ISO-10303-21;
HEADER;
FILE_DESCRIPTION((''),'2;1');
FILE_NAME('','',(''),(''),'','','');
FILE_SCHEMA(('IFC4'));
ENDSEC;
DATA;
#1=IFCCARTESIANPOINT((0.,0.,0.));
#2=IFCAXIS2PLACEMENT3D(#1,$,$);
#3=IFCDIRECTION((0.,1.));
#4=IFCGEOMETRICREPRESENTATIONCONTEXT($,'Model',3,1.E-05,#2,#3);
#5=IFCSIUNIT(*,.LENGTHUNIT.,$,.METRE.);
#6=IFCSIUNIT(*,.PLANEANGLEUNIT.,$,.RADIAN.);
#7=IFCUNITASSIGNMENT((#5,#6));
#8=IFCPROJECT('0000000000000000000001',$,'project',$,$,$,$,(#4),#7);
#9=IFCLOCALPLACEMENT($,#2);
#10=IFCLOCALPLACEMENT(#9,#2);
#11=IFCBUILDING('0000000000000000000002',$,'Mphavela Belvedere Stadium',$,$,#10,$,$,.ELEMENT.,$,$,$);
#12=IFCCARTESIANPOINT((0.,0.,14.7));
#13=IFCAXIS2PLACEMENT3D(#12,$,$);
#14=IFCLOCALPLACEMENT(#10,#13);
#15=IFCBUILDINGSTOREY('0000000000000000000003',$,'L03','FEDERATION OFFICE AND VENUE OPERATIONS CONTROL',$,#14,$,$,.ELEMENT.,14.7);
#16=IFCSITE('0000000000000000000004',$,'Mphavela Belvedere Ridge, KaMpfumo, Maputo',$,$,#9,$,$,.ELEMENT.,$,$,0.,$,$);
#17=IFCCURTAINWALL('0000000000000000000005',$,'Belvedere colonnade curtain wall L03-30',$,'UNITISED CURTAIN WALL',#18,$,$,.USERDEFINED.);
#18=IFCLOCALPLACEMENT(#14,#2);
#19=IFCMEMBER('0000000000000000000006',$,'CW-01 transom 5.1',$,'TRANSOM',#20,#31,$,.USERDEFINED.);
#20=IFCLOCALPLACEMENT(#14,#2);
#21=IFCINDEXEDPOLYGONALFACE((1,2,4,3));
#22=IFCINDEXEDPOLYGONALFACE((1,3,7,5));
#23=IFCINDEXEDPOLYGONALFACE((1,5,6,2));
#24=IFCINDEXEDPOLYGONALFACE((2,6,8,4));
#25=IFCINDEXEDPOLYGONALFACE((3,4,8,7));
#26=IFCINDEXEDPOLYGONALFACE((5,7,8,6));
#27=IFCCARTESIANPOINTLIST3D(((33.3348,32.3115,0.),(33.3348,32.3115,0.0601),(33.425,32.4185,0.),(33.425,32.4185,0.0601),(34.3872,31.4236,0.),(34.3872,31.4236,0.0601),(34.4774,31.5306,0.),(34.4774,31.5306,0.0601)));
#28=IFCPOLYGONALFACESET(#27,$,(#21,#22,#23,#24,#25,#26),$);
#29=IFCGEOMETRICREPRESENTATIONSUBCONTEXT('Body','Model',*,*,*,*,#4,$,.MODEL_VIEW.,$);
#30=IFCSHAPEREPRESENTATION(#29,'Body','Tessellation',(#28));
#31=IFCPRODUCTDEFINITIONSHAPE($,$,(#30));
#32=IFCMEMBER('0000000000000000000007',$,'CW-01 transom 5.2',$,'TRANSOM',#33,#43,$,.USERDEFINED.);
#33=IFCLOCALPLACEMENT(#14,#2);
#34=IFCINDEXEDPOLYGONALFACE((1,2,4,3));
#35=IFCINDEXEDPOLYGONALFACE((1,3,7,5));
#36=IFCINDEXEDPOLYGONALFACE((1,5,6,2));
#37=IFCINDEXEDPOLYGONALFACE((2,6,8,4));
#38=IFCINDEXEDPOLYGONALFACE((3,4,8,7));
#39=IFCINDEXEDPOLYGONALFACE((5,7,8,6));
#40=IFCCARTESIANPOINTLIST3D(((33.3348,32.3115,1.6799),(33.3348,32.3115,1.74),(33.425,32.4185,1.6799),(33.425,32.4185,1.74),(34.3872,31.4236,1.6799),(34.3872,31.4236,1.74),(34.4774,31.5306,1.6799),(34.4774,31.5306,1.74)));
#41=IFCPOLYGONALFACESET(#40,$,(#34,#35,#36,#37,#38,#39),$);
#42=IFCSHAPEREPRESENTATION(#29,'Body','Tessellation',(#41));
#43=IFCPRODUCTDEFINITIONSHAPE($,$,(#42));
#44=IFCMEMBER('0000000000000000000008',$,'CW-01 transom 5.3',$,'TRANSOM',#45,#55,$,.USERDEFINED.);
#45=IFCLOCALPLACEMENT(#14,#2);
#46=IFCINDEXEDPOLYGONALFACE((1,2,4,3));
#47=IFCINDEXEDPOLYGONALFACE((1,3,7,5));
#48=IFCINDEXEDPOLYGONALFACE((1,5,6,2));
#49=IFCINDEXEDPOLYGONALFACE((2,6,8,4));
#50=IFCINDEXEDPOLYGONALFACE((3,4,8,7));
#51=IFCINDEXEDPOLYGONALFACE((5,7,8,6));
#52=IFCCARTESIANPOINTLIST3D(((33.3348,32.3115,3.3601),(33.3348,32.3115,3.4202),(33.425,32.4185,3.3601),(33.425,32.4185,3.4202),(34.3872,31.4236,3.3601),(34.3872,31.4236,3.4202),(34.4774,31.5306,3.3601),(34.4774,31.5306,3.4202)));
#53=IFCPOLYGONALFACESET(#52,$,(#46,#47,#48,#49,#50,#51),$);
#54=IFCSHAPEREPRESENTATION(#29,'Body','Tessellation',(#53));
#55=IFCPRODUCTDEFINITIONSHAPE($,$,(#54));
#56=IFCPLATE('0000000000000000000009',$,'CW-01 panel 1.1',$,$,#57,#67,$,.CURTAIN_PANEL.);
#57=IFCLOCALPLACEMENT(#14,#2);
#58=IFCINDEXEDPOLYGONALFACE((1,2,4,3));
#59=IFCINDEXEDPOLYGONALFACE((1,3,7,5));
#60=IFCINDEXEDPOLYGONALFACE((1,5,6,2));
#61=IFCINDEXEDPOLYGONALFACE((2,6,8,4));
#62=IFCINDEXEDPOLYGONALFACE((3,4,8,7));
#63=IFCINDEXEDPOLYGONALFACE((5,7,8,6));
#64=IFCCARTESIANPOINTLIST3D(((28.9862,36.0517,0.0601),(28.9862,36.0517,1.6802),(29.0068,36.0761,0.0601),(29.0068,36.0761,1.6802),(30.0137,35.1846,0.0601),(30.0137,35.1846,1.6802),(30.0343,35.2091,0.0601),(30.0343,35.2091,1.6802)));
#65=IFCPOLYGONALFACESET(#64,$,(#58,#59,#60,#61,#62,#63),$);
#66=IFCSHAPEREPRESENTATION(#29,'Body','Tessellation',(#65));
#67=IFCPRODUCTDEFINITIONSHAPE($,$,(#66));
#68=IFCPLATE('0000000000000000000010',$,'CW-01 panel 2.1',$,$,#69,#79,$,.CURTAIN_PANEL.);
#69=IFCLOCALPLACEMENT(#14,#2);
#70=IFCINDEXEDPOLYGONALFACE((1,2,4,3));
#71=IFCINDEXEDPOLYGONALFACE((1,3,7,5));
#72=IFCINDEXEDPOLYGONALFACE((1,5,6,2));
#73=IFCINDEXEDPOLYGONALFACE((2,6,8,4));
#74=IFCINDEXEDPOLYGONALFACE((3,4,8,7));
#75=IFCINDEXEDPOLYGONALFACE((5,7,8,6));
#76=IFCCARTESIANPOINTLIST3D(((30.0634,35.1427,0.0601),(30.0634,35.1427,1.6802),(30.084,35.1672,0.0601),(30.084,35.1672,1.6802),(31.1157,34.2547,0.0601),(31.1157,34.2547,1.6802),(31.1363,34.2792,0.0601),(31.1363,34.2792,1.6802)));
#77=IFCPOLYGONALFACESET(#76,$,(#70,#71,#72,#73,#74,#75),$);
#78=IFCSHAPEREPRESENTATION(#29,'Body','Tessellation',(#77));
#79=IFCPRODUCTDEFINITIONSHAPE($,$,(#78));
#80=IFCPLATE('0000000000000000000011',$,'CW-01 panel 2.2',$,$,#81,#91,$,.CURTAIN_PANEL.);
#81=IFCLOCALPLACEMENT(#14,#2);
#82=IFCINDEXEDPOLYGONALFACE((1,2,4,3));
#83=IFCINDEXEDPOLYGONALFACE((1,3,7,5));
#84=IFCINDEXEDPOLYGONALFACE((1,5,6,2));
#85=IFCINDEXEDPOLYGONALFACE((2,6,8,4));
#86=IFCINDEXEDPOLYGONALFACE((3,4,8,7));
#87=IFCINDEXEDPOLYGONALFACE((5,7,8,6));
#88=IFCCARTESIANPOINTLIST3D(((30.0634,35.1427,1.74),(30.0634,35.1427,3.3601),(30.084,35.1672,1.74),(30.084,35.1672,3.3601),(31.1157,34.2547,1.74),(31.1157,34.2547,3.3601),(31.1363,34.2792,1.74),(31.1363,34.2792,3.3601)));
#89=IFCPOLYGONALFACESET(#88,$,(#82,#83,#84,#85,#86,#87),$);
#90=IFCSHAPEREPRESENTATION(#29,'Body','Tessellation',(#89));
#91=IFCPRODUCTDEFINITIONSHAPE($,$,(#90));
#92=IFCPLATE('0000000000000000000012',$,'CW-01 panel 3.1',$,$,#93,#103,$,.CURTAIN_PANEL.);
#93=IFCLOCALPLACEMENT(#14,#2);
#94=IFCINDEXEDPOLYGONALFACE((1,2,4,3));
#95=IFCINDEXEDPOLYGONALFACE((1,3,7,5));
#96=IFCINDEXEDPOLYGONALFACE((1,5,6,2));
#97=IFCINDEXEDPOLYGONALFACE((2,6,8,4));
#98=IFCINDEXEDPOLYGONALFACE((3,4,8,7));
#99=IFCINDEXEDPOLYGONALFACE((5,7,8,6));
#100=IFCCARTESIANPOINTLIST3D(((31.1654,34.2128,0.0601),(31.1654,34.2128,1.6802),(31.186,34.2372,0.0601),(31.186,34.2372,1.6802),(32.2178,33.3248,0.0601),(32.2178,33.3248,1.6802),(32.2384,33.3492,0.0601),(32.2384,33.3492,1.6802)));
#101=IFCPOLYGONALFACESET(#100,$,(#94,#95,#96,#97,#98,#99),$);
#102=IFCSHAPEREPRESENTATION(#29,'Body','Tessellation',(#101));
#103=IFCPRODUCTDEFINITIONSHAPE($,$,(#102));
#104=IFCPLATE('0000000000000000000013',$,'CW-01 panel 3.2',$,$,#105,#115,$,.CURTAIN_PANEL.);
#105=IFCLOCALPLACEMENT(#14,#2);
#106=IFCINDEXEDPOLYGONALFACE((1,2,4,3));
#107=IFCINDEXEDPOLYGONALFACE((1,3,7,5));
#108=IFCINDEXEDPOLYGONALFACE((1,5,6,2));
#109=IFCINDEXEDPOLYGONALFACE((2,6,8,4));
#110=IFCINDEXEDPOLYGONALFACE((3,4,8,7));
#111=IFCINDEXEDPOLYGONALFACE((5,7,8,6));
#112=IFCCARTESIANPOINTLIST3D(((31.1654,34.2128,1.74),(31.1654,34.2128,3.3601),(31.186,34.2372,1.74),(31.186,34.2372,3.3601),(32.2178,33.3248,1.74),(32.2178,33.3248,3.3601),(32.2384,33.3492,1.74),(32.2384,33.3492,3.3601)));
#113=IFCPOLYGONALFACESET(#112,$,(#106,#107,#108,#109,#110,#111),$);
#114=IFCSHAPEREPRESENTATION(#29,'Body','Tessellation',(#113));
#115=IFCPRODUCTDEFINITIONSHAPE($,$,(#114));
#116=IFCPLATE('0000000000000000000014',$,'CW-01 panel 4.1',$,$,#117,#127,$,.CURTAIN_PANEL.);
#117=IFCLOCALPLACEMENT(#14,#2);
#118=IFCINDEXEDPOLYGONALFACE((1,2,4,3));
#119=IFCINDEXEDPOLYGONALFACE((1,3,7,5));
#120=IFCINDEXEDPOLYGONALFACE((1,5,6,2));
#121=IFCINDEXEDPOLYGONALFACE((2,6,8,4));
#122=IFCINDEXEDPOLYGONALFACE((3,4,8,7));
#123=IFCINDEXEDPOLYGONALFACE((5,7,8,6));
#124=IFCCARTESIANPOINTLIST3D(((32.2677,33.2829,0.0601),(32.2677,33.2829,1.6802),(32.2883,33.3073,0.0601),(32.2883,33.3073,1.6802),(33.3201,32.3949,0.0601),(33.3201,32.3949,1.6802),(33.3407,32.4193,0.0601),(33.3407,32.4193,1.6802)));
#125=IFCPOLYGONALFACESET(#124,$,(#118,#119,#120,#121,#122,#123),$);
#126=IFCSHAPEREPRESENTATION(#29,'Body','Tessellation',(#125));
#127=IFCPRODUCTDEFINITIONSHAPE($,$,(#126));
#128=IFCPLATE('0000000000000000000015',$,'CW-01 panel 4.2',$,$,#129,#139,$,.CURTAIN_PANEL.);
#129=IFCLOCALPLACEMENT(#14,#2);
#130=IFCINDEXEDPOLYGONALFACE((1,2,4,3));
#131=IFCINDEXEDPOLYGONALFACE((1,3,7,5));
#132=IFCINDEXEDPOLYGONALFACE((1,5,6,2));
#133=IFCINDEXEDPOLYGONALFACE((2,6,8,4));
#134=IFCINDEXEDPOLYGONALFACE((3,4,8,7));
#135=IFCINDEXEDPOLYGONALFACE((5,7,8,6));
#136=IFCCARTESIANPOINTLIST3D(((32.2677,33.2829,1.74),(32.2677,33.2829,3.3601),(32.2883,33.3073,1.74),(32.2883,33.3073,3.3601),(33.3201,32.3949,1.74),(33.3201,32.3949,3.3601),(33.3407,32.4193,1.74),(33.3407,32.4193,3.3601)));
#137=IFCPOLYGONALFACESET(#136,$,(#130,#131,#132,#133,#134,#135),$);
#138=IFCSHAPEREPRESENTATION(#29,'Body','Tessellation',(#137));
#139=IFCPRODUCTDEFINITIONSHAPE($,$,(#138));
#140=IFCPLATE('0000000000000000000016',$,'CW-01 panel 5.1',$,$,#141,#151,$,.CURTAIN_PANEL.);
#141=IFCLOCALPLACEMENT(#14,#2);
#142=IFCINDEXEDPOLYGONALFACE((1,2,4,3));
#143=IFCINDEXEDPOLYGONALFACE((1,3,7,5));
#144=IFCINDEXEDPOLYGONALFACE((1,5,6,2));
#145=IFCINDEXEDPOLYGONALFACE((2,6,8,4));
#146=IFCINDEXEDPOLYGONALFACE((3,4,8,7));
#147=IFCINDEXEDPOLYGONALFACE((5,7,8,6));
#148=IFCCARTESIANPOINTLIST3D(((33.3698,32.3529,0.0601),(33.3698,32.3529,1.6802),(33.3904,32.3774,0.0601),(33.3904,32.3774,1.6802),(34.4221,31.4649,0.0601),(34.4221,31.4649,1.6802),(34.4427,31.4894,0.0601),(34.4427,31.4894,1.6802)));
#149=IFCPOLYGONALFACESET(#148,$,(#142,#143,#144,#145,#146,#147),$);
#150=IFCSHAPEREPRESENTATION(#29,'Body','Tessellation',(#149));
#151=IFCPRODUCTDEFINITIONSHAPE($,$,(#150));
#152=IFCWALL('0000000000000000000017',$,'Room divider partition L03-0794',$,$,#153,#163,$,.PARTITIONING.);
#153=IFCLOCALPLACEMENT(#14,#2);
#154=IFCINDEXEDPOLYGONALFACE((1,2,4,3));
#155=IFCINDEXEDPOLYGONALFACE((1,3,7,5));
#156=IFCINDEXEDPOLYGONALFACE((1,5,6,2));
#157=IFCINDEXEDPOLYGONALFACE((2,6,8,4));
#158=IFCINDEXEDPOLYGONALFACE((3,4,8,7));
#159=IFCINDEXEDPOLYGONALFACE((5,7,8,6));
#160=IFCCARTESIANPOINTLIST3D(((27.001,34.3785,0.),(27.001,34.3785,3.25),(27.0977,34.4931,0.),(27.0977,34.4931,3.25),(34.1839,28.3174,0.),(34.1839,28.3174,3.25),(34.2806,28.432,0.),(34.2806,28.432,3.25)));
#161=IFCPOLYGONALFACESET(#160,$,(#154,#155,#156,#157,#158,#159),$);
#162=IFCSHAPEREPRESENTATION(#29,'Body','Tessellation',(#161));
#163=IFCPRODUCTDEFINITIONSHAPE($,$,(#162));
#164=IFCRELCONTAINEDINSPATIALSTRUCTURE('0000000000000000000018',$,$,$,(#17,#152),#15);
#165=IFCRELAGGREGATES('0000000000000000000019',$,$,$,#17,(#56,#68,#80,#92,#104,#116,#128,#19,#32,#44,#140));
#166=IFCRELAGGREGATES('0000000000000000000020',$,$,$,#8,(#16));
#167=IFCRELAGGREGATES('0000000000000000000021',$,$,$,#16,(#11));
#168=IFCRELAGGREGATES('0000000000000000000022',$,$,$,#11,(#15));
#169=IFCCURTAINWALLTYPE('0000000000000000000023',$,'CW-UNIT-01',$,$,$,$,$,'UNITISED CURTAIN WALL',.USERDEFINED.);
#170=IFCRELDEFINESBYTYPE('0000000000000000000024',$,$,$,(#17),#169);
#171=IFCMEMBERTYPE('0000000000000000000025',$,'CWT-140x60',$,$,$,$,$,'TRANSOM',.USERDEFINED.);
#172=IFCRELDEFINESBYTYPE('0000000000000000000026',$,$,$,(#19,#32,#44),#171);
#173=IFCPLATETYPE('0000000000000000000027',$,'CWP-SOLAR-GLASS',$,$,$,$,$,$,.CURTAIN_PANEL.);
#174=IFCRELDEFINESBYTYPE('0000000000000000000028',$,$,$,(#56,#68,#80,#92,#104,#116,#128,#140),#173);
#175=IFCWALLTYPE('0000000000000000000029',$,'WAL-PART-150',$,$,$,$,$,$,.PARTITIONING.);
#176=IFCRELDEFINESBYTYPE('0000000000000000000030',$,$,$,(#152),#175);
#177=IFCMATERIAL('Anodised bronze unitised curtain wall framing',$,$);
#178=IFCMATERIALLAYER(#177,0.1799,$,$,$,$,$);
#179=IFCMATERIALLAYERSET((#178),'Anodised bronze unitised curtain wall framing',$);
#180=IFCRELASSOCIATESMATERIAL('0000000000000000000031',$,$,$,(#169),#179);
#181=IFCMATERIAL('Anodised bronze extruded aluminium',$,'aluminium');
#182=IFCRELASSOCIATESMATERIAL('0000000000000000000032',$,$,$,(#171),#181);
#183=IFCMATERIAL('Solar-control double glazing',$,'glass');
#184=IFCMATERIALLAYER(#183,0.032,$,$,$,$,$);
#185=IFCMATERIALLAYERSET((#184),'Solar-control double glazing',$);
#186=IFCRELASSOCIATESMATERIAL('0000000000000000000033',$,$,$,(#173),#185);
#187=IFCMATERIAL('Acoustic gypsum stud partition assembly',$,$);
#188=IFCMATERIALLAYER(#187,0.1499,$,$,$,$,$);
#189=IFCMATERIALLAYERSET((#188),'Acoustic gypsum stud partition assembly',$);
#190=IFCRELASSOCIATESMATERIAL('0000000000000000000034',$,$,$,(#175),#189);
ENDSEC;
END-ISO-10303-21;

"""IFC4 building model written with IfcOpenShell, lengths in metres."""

from ifc_helpers import new_model, si_unit, direction, frame, frame_2d, origin, origin_2d, place, context, subcontext, project, spatial, rectangle, extrude, material, layer, layer_set, material_profile, profile_set, type_object, element, aggregate, save


model = new_model("IFC4")

# Units and contexts
model_context = context("Model", 3, precision=1e-05, world=origin(), true_north=direction((0.0, 1.0)))
body_context = subcontext(model_context, "Body", "Model", "MODEL_VIEW")
ifc_project = project(units=[si_unit("LENGTHUNIT", "METRE"), si_unit("PLANEANGLEUNIT", "RADIAN")], contexts=[model_context])

# Site, building, storey
site_placement = place(None, origin())
site = spatial("IfcSite", under=ifc_project, at=site_placement, Name="Mphavela Belvedere Ridge, KaMpfumo, Maputo", CompositionType="ELEMENT", RefElevation=0.0)
building_placement = place(site_placement, origin())
building = spatial("IfcBuilding", under=site, at=building_placement, Name="Mphavela Belvedere Stadium", CompositionType="ELEMENT")
storey_placement = place(building_placement, frame((0.0, 0.0, 14.7)))
storey = spatial("IfcBuildingStorey", under=building, at=storey_placement, Name="L03", Description="FEDERATION OFFICE AND VENUE OPERATIONS CONTROL", CompositionType="ELEMENT", Elevation=14.7)

# Curtain wall, members, plates
ifc_material_1 = material(Name="Anodised bronze unitised curtain wall framing")
ifc_layer_1 = layer(ifc_material_1, 0.1799)
ifc_layer_set_1 = layer_set([ifc_layer_1], Name="Anodised bronze unitised curtain wall framing")
curtain_wall_type = type_object("IfcCurtainWallType", Name="CW-UNIT-01", ElementType="UNITISED CURTAIN WALL", PredefinedType="USERDEFINED", material=ifc_layer_set_1)
curtain_wall_placement = place(storey_placement, origin())
curtain_wall = element("IfcCurtainWall", 1, at=curtain_wall_placement, inside=storey, type_object=curtain_wall_type, Name="Belvedere colonnade curtain wall L03-30", ObjectType="UNITISED CURTAIN WALL", PredefinedType="USERDEFINED")
ifc_material_2 = material(Name="Anodised bronze extruded aluminium", Category="aluminium")
ifc_material_profile_1 = material_profile(ifc_material_2, rectangle(XDim=0.1399, YDim=0.0601, at=origin_2d()), Name="CW-TRN 140x60")
ifc_profile_set_1 = profile_set([ifc_material_profile_1], Name="Anodised bronze extruded aluminium")
member_type_1 = type_object("IfcMemberType", Name="CWT-140x60", ElementType="TRANSOM", PredefinedType="USERDEFINED", material=ifc_profile_set_1)
member_1_placement = place(storey_placement, frame((33.3799, 32.365, 0.03), z_axis=(0.764327, -0.644829, 0.0), x_axis=(0.644829, 0.764327, 0.0)))
member_1 = element("IfcMember", 2, at=member_1_placement, type_object=member_type_1, Name="CW-01 transom 5.1", ObjectType="TRANSOM", PredefinedType="USERDEFINED", context=body_context, shape_type="SweptSolid", body=[
    extrude(rectangle(XDim=0.1399, YDim=0.0601, at=origin_2d()), origin(), (0.0, 0.0, 1.0), 1.377),
])
member_2_placement = place(storey_placement, frame((33.3799, 32.365, 1.71), z_axis=(0.764327, -0.644829, 0.0), x_axis=(0.644829, 0.764327, 0.0)))
member_2 = element("IfcMember", 3, at=member_2_placement, type_object=member_type_1, Name="CW-01 transom 5.2", ObjectType="TRANSOM", PredefinedType="USERDEFINED", context=body_context, shape_type="SweptSolid", body=[
    extrude(rectangle(XDim=0.1399, YDim=0.0601, at=origin_2d()), origin(), (0.0, 0.0, 1.0), 1.377),
])
member_3_placement = place(storey_placement, frame((33.3799, 32.365, 3.3901), z_axis=(0.764327, -0.644829, 0.0), x_axis=(0.644829, 0.764327, 0.0)))
member_3 = element("IfcMember", 4, at=member_3_placement, type_object=member_type_1, Name="CW-01 transom 5.3", ObjectType="TRANSOM", PredefinedType="USERDEFINED", context=body_context, shape_type="SweptSolid", body=[
    extrude(rectangle(XDim=0.1399, YDim=0.0601, at=origin_2d()), origin(), (0.0, 0.0, 1.0), 1.377),
])
ifc_material_3 = material(Name="Solar-control double glazing", Category="glass")
ifc_layer_2 = layer(ifc_material_3, 0.032)
ifc_layer_set_2 = layer_set([ifc_layer_2], Name="Solar-control double glazing")
plate_type = type_object("IfcPlateType", Name="CWP-SOLAR-GLASS", PredefinedType="CURTAIN_PANEL", material=ifc_layer_set_2)
plate_1_placement = place(storey_placement, frame((29.5103, 35.6304, 0.0601), z_axis=(0.0, 0.0, 1.0), x_axis=(0.764263, -0.644905, 0.0)))
plate_1 = element("IfcPlate", 5, at=plate_1_placement, type_object=plate_type, Name="CW-01 panel 1.1", PredefinedType="CURTAIN_PANEL", context=body_context, shape_type="SweptSolid", body=[
    extrude(rectangle(XDim=1.3445, YDim=0.032, at=origin_2d()), origin(), (0.0, 0.0, 1.0), 1.6201),
])
plate_2_placement = place(storey_placement, frame((30.5999, 34.7109, 0.0601), z_axis=(0.0, 0.0, 1.0), x_axis=(0.764263, -0.644905, 0.0)))
plate_2 = element("IfcPlate", 6, at=plate_2_placement, type_object=plate_type, Name="CW-01 panel 2.1", PredefinedType="CURTAIN_PANEL", context=body_context, shape_type="SweptSolid", body=[
    extrude(rectangle(XDim=1.377, YDim=0.032, at=origin_2d()), origin(), (0.0, 0.0, 1.0), 1.6201),
])
plate_3_placement = place(storey_placement, frame((30.5999, 34.7109, 1.74), z_axis=(0.0, 0.0, 1.0), x_axis=(0.764263, -0.644905, 0.0)))
plate_3 = element("IfcPlate", 7, at=plate_3_placement, type_object=plate_type, Name="CW-01 panel 2.2", PredefinedType="CURTAIN_PANEL", context=body_context, shape_type="SweptSolid", body=[
    extrude(rectangle(XDim=1.377, YDim=0.032, at=origin_2d()), origin(), (0.0, 0.0, 1.0), 1.6201),
])
plate_4_placement = place(storey_placement, frame((31.7019, 33.781, 0.0601), z_axis=(0.0, 0.0, 1.0), x_axis=(0.764263, -0.644905, 0.0)))
plate_4 = element("IfcPlate", 8, at=plate_4_placement, type_object=plate_type, Name="CW-01 panel 3.1", PredefinedType="CURTAIN_PANEL", context=body_context, shape_type="SweptSolid", body=[
    extrude(rectangle(XDim=1.377, YDim=0.032, at=origin_2d()), origin(), (0.0, 0.0, 1.0), 1.6201),
])
plate_5_placement = place(storey_placement, frame((31.7019, 33.781, 1.74), z_axis=(0.0, 0.0, 1.0), x_axis=(0.764263, -0.644905, 0.0)))
plate_5 = element("IfcPlate", 9, at=plate_5_placement, type_object=plate_type, Name="CW-01 panel 3.2", PredefinedType="CURTAIN_PANEL", context=body_context, shape_type="SweptSolid", body=[
    extrude(rectangle(XDim=1.377, YDim=0.032, at=origin_2d()), origin(), (0.0, 0.0, 1.0), 1.6201),
])
plate_6_placement = place(storey_placement, frame((32.8042, 32.8511, 0.0601), z_axis=(0.0, 0.0, 1.0), x_axis=(0.764263, -0.644905, 0.0)))
plate_6 = element("IfcPlate", 10, at=plate_6_placement, type_object=plate_type, Name="CW-01 panel 4.1", PredefinedType="CURTAIN_PANEL", context=body_context, shape_type="SweptSolid", body=[
    extrude(rectangle(XDim=1.377, YDim=0.032, at=origin_2d()), origin(), (0.0, 0.0, 1.0), 1.6201),
])
plate_7_placement = place(storey_placement, frame((32.8042, 32.8511, 1.74), z_axis=(0.0, 0.0, 1.0), x_axis=(0.764263, -0.644905, 0.0)))
plate_7 = element("IfcPlate", 11, at=plate_7_placement, type_object=plate_type, Name="CW-01 panel 4.2", PredefinedType="CURTAIN_PANEL", context=body_context, shape_type="SweptSolid", body=[
    extrude(rectangle(XDim=1.377, YDim=0.032, at=origin_2d()), origin(), (0.0, 0.0, 1.0), 1.6201),
])
plate_8_placement = place(storey_placement, frame((33.9062, 31.9211, 0.0601), z_axis=(0.0, 0.0, 1.0), x_axis=(0.764263, -0.644905, 0.0)))
plate_8 = element("IfcPlate", 12, at=plate_8_placement, type_object=plate_type, Name="CW-01 panel 5.1", PredefinedType="CURTAIN_PANEL", context=body_context, shape_type="SweptSolid", body=[
    extrude(rectangle(XDim=1.377, YDim=0.032, at=origin_2d()), origin(), (0.0, 0.0, 1.0), 1.6201),
])
aggregate(curtain_wall, [plate_1, plate_2, plate_3, plate_4, plate_5, plate_6, plate_7, member_1, member_2, member_3, plate_8])

# Wall
ifc_material_4 = material(Name="Acoustic gypsum stud partition assembly")
ifc_layer_3 = layer(ifc_material_4, 0.1499)
ifc_layer_set_3 = layer_set([ifc_layer_3], Name="Acoustic gypsum stud partition assembly")
wall_type = type_object("IfcWallType", Name="WAL-PART-150", PredefinedType="PARTITIONING", material=ifc_layer_set_3)
wall_placement = place(storey_placement, frame((27.0493, 34.4358, 0.0), z_axis=(0.0, 0.0, 1.0), x_axis=(0.764265, -0.644902, 0.0)))
element("IfcWall", 13, at=wall_placement, inside=storey, type_object=wall_type, Name="Room divider partition L03-0794", PredefinedType="PARTITIONING", context=body_context, shape_type="SweptSolid", body=[
    extrude(rectangle(XDim=9.3984, YDim=0.1499, at=frame_2d((4.6992, 0.0))), origin(), (0.0, 0.0, 1.0), 3.25),
])

save(model, "model.ifc")
